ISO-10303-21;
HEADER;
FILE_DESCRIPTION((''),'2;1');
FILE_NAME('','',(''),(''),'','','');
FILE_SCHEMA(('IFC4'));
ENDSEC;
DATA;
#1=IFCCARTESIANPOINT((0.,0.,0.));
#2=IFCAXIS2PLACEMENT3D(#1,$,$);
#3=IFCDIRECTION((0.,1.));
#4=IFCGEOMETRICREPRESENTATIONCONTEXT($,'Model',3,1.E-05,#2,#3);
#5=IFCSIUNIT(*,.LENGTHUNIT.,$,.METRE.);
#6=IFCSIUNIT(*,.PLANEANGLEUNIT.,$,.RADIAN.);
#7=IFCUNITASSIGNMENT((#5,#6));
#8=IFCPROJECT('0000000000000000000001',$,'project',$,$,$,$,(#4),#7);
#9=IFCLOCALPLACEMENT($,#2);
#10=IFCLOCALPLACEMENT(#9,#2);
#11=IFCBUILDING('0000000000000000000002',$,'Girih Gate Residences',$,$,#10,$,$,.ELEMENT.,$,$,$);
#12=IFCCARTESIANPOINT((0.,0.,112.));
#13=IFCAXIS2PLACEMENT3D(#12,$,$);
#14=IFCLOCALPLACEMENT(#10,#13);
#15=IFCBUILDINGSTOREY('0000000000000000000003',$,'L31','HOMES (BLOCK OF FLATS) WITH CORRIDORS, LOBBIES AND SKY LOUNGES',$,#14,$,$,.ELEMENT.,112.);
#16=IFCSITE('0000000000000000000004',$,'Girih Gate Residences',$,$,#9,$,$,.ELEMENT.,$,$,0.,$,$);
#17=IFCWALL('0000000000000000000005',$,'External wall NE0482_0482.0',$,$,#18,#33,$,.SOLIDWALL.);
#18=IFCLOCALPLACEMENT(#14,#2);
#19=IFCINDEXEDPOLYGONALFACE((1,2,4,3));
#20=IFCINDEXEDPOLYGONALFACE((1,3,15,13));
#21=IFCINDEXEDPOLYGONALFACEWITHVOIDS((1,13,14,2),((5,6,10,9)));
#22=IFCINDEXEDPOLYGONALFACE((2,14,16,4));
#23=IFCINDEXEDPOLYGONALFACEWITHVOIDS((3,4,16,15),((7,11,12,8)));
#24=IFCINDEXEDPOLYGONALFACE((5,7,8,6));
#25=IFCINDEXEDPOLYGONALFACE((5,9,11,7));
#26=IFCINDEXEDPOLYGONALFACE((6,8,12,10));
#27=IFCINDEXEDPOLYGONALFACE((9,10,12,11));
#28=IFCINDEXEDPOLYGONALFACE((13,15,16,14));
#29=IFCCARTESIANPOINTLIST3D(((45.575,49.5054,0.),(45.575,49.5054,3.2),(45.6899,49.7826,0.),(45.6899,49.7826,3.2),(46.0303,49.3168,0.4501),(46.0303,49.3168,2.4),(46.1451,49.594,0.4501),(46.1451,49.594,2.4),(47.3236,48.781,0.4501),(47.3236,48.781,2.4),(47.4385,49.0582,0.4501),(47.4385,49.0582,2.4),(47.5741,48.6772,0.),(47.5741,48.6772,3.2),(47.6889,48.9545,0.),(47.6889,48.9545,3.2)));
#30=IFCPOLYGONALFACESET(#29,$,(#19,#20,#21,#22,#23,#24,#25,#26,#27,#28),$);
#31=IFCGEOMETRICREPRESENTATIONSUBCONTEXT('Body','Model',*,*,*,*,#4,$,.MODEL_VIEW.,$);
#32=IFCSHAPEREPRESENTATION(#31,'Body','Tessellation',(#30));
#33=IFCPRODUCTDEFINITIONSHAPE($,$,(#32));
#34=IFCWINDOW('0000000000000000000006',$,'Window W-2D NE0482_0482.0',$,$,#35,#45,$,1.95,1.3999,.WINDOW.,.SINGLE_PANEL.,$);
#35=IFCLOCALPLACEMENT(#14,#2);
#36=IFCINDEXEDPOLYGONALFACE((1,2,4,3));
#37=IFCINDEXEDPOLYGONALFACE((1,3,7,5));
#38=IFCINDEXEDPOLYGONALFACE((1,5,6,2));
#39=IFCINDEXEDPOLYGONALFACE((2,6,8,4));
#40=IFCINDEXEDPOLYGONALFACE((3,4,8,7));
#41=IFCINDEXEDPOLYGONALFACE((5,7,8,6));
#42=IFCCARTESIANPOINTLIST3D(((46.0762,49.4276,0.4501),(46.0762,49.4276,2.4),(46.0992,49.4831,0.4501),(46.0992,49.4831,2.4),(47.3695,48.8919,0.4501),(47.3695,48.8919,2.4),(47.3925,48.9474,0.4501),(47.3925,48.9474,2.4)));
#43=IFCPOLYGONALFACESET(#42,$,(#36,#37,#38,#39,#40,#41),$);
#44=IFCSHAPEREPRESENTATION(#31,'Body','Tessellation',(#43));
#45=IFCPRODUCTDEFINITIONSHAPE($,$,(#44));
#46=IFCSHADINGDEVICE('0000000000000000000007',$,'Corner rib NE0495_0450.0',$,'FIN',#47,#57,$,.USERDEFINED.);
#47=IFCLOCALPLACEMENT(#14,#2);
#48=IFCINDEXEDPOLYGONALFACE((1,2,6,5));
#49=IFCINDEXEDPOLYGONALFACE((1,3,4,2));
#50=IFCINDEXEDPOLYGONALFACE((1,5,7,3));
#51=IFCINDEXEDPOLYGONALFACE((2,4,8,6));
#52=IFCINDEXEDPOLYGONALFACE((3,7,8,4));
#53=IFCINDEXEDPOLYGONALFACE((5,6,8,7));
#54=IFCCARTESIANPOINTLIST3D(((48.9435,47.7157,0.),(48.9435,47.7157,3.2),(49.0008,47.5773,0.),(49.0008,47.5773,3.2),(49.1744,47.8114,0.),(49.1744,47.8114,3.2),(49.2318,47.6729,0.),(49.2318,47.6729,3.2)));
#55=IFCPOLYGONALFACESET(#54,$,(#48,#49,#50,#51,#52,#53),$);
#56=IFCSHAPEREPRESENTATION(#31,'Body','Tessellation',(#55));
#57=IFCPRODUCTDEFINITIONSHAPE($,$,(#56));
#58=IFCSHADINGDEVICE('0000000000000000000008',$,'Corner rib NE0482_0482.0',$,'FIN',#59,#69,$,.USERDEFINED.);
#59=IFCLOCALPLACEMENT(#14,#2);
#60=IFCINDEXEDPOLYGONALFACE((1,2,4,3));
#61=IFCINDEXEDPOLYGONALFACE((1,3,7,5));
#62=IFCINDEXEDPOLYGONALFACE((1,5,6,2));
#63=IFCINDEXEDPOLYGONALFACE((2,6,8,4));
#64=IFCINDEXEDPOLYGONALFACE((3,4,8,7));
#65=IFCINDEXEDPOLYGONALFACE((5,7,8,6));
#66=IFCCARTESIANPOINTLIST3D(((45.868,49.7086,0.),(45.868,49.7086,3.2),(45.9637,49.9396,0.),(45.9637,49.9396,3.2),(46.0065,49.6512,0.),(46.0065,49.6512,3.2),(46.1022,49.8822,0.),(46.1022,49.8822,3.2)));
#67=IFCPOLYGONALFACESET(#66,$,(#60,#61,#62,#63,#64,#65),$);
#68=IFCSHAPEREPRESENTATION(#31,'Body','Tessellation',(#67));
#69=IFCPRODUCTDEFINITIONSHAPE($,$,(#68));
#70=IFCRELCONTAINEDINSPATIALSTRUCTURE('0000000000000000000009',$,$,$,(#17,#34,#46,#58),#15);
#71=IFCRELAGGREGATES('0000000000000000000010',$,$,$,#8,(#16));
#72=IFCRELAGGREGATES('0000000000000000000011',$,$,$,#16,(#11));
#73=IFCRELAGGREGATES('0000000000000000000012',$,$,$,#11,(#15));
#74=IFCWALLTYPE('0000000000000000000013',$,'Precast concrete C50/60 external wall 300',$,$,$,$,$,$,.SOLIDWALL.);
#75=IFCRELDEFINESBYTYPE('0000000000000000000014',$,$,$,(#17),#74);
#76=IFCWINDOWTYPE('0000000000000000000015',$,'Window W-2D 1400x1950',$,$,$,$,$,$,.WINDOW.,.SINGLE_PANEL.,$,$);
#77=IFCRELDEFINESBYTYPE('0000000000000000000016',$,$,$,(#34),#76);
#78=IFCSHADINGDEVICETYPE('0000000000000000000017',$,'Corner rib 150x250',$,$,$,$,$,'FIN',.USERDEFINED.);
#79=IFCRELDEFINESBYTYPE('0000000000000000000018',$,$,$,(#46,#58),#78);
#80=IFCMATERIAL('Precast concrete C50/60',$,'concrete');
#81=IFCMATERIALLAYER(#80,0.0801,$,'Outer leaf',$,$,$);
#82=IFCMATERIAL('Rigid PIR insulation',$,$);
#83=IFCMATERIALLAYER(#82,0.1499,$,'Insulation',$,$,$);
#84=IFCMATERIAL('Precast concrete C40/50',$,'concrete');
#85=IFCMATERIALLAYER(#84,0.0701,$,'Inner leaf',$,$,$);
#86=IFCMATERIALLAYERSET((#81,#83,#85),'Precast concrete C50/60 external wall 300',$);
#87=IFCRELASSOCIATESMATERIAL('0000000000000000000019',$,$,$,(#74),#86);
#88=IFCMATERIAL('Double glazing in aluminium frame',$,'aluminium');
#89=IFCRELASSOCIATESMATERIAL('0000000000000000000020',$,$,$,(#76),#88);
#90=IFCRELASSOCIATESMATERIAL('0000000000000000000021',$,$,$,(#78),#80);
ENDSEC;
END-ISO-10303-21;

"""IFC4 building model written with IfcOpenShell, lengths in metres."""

from ifc_helpers import new_model, si_unit, direction, frame, frame_2d, origin, origin_2d, place, context, subcontext, project, spatial, rectangle, extrude, material, layer, layer_set, type_object, element, fill, save


model = new_model("IFC4")

# Units and contexts
model_context = context("Model", 3, precision=1e-05, world=origin(), true_north=direction((0.0, 1.0)))
body_context = subcontext(model_context, "Body", "Model", "MODEL_VIEW")
ifc_project = project(units=[si_unit("LENGTHUNIT", "METRE"), si_unit("PLANEANGLEUNIT", "RADIAN")], contexts=[model_context])

# Site, building, storey
site_placement = place(None, origin())
site = spatial("IfcSite", under=ifc_project, at=site_placement, Name="Girih Gate Residences", CompositionType="ELEMENT", RefElevation=0.0)
building_placement = place(site_placement, origin())
building = spatial("IfcBuilding", under=site, at=building_placement, Name="Girih Gate Residences", CompositionType="ELEMENT")
storey_placement = place(building_placement, frame((0.0, 0.0, 112.0)))
storey = spatial("IfcBuildingStorey", under=building, at=storey_placement, Name="L31", Description="HOMES (BLOCK OF FLATS) WITH CORRIDORS, LOBBIES AND SKY LOUNGES", CompositionType="ELEMENT", Elevation=112.0)

# Wall, opening, window
ifc_material_1 = material(Name="Precast concrete C50/60", Category="concrete")
ifc_layer_1 = layer(ifc_material_1, 0.0801, Name="Outer leaf")
ifc_material_2 = material(Name="Rigid PIR insulation")
ifc_layer_2 = layer(ifc_material_2, 0.1499, Name="Insulation")
ifc_material_3 = material(Name="Precast concrete C40/50", Category="concrete")
ifc_layer_3 = layer(ifc_material_3, 0.0701, Name="Inner leaf")
ifc_layer_set_1 = layer_set([ifc_layer_1, ifc_layer_2, ifc_layer_3], Name="Precast concrete C50/60 external wall 300")
wall_type_1 = type_object("IfcWallType", Name="Precast concrete C50/60 external wall 300", PredefinedType="SOLIDWALL", material=ifc_layer_set_1)
ifc_material_4 = material(Name="Double glazing in aluminium frame", Category="aluminium")
window_type_1 = type_object("IfcWindowType", Name="Window W-2D 1400x1950", PartitioningType="SINGLE_PANEL", PredefinedType="WINDOW", material=ifc_material_4)
wall_1_placement = place(storey_placement, frame((45.6323, 49.644, 0.0), z_axis=(0.0, 0.0, 1.0), x_axis=(0.923863, -0.382724, 0.0)))
wall_1 = element("IfcWall", 1, at=wall_1_placement, inside=storey, type_object=wall_type_1, Name="External wall NE0482_0482.0", PredefinedType="SOLIDWALL", context=body_context, shape_type="SweptSolid", body=[
    extrude(rectangle(XDim=2.1638, YDim=0.3, at=frame_2d((1.082, 0.0))), origin(), (0.0, 0.0, 1.0), 3.2),
])
opening_1_placement = place(wall_1_placement, frame((0.4929, 0.0, 0.45)))
opening_1 = element("IfcOpeningElement", 2, at=opening_1_placement, cuts=wall_1, PredefinedType="OPENING", context=body_context, shape_type="SweptSolid", body=[
    extrude(rectangle(XDim=1.3999, YDim=1.95, at=frame_2d((0.7, 0.9751))), frame((0.0, 0.1599, 0.0), z_axis=(0.0, -1.0, 0.0), x_axis=(1.0, 0.0, 0.0)), (0.0, 0.0, 1.0), 0.3201),
])
window_1_placement = place(opening_1_placement, origin())
window_1 = element("IfcWindow", 3, at=window_1_placement, inside=storey, type_object=window_type_1, Name="Window W-2D NE0482_0482.0", OverallHeight=1.95, OverallWidth=1.3999, PartitioningType="SINGLE_PANEL", PredefinedType="WINDOW", context=body_context, shape_type="SweptSolid", body=[
    extrude(rectangle(XDim=1.3999, YDim=1.95, at=frame_2d((0.7, 0.9751))), frame((0.0, 0.03, 0.0), z_axis=(0.0, -1.0, 0.0), x_axis=(1.0, 0.0, 0.0)), (0.0, 0.0, 1.0), 0.0601),
])
fill(opening_1, window_1)

# Shading devices
shading_device_type = type_object("IfcShadingDeviceType", Name="Corner rib 150x250", ElementType="FIN", PredefinedType="USERDEFINED", material=ifc_material_1)
for number, where, z_axis, x_axis, name in (
    (4, (49.0876, 47.6943, 0.0), (0.0, 0.0, 1.0), (-0.382683, 0.92388, 0.0), "Corner rib NE0495_0450.0"),
    (5, (45.9851, 49.7954, 0.0), (0.0, 0.0, 1.0), (-0.92388, 0.382683, 0.0), "Corner rib NE0482_0482.0"),
):
    element("IfcShadingDevice", number, at=place(storey_placement, frame(where, z_axis=z_axis, x_axis=x_axis)), inside=storey, type_object=shading_device_type, Name=name, ObjectType="FIN", PredefinedType="USERDEFINED", context=body_context, shape_type="SweptSolid", body=[
        extrude(rectangle(XDim=0.1499, YDim=0.25, at=origin_2d()), origin(), (0.0, 0.0, 1.0), 3.2),
    ])

save(model, "model.ifc")
